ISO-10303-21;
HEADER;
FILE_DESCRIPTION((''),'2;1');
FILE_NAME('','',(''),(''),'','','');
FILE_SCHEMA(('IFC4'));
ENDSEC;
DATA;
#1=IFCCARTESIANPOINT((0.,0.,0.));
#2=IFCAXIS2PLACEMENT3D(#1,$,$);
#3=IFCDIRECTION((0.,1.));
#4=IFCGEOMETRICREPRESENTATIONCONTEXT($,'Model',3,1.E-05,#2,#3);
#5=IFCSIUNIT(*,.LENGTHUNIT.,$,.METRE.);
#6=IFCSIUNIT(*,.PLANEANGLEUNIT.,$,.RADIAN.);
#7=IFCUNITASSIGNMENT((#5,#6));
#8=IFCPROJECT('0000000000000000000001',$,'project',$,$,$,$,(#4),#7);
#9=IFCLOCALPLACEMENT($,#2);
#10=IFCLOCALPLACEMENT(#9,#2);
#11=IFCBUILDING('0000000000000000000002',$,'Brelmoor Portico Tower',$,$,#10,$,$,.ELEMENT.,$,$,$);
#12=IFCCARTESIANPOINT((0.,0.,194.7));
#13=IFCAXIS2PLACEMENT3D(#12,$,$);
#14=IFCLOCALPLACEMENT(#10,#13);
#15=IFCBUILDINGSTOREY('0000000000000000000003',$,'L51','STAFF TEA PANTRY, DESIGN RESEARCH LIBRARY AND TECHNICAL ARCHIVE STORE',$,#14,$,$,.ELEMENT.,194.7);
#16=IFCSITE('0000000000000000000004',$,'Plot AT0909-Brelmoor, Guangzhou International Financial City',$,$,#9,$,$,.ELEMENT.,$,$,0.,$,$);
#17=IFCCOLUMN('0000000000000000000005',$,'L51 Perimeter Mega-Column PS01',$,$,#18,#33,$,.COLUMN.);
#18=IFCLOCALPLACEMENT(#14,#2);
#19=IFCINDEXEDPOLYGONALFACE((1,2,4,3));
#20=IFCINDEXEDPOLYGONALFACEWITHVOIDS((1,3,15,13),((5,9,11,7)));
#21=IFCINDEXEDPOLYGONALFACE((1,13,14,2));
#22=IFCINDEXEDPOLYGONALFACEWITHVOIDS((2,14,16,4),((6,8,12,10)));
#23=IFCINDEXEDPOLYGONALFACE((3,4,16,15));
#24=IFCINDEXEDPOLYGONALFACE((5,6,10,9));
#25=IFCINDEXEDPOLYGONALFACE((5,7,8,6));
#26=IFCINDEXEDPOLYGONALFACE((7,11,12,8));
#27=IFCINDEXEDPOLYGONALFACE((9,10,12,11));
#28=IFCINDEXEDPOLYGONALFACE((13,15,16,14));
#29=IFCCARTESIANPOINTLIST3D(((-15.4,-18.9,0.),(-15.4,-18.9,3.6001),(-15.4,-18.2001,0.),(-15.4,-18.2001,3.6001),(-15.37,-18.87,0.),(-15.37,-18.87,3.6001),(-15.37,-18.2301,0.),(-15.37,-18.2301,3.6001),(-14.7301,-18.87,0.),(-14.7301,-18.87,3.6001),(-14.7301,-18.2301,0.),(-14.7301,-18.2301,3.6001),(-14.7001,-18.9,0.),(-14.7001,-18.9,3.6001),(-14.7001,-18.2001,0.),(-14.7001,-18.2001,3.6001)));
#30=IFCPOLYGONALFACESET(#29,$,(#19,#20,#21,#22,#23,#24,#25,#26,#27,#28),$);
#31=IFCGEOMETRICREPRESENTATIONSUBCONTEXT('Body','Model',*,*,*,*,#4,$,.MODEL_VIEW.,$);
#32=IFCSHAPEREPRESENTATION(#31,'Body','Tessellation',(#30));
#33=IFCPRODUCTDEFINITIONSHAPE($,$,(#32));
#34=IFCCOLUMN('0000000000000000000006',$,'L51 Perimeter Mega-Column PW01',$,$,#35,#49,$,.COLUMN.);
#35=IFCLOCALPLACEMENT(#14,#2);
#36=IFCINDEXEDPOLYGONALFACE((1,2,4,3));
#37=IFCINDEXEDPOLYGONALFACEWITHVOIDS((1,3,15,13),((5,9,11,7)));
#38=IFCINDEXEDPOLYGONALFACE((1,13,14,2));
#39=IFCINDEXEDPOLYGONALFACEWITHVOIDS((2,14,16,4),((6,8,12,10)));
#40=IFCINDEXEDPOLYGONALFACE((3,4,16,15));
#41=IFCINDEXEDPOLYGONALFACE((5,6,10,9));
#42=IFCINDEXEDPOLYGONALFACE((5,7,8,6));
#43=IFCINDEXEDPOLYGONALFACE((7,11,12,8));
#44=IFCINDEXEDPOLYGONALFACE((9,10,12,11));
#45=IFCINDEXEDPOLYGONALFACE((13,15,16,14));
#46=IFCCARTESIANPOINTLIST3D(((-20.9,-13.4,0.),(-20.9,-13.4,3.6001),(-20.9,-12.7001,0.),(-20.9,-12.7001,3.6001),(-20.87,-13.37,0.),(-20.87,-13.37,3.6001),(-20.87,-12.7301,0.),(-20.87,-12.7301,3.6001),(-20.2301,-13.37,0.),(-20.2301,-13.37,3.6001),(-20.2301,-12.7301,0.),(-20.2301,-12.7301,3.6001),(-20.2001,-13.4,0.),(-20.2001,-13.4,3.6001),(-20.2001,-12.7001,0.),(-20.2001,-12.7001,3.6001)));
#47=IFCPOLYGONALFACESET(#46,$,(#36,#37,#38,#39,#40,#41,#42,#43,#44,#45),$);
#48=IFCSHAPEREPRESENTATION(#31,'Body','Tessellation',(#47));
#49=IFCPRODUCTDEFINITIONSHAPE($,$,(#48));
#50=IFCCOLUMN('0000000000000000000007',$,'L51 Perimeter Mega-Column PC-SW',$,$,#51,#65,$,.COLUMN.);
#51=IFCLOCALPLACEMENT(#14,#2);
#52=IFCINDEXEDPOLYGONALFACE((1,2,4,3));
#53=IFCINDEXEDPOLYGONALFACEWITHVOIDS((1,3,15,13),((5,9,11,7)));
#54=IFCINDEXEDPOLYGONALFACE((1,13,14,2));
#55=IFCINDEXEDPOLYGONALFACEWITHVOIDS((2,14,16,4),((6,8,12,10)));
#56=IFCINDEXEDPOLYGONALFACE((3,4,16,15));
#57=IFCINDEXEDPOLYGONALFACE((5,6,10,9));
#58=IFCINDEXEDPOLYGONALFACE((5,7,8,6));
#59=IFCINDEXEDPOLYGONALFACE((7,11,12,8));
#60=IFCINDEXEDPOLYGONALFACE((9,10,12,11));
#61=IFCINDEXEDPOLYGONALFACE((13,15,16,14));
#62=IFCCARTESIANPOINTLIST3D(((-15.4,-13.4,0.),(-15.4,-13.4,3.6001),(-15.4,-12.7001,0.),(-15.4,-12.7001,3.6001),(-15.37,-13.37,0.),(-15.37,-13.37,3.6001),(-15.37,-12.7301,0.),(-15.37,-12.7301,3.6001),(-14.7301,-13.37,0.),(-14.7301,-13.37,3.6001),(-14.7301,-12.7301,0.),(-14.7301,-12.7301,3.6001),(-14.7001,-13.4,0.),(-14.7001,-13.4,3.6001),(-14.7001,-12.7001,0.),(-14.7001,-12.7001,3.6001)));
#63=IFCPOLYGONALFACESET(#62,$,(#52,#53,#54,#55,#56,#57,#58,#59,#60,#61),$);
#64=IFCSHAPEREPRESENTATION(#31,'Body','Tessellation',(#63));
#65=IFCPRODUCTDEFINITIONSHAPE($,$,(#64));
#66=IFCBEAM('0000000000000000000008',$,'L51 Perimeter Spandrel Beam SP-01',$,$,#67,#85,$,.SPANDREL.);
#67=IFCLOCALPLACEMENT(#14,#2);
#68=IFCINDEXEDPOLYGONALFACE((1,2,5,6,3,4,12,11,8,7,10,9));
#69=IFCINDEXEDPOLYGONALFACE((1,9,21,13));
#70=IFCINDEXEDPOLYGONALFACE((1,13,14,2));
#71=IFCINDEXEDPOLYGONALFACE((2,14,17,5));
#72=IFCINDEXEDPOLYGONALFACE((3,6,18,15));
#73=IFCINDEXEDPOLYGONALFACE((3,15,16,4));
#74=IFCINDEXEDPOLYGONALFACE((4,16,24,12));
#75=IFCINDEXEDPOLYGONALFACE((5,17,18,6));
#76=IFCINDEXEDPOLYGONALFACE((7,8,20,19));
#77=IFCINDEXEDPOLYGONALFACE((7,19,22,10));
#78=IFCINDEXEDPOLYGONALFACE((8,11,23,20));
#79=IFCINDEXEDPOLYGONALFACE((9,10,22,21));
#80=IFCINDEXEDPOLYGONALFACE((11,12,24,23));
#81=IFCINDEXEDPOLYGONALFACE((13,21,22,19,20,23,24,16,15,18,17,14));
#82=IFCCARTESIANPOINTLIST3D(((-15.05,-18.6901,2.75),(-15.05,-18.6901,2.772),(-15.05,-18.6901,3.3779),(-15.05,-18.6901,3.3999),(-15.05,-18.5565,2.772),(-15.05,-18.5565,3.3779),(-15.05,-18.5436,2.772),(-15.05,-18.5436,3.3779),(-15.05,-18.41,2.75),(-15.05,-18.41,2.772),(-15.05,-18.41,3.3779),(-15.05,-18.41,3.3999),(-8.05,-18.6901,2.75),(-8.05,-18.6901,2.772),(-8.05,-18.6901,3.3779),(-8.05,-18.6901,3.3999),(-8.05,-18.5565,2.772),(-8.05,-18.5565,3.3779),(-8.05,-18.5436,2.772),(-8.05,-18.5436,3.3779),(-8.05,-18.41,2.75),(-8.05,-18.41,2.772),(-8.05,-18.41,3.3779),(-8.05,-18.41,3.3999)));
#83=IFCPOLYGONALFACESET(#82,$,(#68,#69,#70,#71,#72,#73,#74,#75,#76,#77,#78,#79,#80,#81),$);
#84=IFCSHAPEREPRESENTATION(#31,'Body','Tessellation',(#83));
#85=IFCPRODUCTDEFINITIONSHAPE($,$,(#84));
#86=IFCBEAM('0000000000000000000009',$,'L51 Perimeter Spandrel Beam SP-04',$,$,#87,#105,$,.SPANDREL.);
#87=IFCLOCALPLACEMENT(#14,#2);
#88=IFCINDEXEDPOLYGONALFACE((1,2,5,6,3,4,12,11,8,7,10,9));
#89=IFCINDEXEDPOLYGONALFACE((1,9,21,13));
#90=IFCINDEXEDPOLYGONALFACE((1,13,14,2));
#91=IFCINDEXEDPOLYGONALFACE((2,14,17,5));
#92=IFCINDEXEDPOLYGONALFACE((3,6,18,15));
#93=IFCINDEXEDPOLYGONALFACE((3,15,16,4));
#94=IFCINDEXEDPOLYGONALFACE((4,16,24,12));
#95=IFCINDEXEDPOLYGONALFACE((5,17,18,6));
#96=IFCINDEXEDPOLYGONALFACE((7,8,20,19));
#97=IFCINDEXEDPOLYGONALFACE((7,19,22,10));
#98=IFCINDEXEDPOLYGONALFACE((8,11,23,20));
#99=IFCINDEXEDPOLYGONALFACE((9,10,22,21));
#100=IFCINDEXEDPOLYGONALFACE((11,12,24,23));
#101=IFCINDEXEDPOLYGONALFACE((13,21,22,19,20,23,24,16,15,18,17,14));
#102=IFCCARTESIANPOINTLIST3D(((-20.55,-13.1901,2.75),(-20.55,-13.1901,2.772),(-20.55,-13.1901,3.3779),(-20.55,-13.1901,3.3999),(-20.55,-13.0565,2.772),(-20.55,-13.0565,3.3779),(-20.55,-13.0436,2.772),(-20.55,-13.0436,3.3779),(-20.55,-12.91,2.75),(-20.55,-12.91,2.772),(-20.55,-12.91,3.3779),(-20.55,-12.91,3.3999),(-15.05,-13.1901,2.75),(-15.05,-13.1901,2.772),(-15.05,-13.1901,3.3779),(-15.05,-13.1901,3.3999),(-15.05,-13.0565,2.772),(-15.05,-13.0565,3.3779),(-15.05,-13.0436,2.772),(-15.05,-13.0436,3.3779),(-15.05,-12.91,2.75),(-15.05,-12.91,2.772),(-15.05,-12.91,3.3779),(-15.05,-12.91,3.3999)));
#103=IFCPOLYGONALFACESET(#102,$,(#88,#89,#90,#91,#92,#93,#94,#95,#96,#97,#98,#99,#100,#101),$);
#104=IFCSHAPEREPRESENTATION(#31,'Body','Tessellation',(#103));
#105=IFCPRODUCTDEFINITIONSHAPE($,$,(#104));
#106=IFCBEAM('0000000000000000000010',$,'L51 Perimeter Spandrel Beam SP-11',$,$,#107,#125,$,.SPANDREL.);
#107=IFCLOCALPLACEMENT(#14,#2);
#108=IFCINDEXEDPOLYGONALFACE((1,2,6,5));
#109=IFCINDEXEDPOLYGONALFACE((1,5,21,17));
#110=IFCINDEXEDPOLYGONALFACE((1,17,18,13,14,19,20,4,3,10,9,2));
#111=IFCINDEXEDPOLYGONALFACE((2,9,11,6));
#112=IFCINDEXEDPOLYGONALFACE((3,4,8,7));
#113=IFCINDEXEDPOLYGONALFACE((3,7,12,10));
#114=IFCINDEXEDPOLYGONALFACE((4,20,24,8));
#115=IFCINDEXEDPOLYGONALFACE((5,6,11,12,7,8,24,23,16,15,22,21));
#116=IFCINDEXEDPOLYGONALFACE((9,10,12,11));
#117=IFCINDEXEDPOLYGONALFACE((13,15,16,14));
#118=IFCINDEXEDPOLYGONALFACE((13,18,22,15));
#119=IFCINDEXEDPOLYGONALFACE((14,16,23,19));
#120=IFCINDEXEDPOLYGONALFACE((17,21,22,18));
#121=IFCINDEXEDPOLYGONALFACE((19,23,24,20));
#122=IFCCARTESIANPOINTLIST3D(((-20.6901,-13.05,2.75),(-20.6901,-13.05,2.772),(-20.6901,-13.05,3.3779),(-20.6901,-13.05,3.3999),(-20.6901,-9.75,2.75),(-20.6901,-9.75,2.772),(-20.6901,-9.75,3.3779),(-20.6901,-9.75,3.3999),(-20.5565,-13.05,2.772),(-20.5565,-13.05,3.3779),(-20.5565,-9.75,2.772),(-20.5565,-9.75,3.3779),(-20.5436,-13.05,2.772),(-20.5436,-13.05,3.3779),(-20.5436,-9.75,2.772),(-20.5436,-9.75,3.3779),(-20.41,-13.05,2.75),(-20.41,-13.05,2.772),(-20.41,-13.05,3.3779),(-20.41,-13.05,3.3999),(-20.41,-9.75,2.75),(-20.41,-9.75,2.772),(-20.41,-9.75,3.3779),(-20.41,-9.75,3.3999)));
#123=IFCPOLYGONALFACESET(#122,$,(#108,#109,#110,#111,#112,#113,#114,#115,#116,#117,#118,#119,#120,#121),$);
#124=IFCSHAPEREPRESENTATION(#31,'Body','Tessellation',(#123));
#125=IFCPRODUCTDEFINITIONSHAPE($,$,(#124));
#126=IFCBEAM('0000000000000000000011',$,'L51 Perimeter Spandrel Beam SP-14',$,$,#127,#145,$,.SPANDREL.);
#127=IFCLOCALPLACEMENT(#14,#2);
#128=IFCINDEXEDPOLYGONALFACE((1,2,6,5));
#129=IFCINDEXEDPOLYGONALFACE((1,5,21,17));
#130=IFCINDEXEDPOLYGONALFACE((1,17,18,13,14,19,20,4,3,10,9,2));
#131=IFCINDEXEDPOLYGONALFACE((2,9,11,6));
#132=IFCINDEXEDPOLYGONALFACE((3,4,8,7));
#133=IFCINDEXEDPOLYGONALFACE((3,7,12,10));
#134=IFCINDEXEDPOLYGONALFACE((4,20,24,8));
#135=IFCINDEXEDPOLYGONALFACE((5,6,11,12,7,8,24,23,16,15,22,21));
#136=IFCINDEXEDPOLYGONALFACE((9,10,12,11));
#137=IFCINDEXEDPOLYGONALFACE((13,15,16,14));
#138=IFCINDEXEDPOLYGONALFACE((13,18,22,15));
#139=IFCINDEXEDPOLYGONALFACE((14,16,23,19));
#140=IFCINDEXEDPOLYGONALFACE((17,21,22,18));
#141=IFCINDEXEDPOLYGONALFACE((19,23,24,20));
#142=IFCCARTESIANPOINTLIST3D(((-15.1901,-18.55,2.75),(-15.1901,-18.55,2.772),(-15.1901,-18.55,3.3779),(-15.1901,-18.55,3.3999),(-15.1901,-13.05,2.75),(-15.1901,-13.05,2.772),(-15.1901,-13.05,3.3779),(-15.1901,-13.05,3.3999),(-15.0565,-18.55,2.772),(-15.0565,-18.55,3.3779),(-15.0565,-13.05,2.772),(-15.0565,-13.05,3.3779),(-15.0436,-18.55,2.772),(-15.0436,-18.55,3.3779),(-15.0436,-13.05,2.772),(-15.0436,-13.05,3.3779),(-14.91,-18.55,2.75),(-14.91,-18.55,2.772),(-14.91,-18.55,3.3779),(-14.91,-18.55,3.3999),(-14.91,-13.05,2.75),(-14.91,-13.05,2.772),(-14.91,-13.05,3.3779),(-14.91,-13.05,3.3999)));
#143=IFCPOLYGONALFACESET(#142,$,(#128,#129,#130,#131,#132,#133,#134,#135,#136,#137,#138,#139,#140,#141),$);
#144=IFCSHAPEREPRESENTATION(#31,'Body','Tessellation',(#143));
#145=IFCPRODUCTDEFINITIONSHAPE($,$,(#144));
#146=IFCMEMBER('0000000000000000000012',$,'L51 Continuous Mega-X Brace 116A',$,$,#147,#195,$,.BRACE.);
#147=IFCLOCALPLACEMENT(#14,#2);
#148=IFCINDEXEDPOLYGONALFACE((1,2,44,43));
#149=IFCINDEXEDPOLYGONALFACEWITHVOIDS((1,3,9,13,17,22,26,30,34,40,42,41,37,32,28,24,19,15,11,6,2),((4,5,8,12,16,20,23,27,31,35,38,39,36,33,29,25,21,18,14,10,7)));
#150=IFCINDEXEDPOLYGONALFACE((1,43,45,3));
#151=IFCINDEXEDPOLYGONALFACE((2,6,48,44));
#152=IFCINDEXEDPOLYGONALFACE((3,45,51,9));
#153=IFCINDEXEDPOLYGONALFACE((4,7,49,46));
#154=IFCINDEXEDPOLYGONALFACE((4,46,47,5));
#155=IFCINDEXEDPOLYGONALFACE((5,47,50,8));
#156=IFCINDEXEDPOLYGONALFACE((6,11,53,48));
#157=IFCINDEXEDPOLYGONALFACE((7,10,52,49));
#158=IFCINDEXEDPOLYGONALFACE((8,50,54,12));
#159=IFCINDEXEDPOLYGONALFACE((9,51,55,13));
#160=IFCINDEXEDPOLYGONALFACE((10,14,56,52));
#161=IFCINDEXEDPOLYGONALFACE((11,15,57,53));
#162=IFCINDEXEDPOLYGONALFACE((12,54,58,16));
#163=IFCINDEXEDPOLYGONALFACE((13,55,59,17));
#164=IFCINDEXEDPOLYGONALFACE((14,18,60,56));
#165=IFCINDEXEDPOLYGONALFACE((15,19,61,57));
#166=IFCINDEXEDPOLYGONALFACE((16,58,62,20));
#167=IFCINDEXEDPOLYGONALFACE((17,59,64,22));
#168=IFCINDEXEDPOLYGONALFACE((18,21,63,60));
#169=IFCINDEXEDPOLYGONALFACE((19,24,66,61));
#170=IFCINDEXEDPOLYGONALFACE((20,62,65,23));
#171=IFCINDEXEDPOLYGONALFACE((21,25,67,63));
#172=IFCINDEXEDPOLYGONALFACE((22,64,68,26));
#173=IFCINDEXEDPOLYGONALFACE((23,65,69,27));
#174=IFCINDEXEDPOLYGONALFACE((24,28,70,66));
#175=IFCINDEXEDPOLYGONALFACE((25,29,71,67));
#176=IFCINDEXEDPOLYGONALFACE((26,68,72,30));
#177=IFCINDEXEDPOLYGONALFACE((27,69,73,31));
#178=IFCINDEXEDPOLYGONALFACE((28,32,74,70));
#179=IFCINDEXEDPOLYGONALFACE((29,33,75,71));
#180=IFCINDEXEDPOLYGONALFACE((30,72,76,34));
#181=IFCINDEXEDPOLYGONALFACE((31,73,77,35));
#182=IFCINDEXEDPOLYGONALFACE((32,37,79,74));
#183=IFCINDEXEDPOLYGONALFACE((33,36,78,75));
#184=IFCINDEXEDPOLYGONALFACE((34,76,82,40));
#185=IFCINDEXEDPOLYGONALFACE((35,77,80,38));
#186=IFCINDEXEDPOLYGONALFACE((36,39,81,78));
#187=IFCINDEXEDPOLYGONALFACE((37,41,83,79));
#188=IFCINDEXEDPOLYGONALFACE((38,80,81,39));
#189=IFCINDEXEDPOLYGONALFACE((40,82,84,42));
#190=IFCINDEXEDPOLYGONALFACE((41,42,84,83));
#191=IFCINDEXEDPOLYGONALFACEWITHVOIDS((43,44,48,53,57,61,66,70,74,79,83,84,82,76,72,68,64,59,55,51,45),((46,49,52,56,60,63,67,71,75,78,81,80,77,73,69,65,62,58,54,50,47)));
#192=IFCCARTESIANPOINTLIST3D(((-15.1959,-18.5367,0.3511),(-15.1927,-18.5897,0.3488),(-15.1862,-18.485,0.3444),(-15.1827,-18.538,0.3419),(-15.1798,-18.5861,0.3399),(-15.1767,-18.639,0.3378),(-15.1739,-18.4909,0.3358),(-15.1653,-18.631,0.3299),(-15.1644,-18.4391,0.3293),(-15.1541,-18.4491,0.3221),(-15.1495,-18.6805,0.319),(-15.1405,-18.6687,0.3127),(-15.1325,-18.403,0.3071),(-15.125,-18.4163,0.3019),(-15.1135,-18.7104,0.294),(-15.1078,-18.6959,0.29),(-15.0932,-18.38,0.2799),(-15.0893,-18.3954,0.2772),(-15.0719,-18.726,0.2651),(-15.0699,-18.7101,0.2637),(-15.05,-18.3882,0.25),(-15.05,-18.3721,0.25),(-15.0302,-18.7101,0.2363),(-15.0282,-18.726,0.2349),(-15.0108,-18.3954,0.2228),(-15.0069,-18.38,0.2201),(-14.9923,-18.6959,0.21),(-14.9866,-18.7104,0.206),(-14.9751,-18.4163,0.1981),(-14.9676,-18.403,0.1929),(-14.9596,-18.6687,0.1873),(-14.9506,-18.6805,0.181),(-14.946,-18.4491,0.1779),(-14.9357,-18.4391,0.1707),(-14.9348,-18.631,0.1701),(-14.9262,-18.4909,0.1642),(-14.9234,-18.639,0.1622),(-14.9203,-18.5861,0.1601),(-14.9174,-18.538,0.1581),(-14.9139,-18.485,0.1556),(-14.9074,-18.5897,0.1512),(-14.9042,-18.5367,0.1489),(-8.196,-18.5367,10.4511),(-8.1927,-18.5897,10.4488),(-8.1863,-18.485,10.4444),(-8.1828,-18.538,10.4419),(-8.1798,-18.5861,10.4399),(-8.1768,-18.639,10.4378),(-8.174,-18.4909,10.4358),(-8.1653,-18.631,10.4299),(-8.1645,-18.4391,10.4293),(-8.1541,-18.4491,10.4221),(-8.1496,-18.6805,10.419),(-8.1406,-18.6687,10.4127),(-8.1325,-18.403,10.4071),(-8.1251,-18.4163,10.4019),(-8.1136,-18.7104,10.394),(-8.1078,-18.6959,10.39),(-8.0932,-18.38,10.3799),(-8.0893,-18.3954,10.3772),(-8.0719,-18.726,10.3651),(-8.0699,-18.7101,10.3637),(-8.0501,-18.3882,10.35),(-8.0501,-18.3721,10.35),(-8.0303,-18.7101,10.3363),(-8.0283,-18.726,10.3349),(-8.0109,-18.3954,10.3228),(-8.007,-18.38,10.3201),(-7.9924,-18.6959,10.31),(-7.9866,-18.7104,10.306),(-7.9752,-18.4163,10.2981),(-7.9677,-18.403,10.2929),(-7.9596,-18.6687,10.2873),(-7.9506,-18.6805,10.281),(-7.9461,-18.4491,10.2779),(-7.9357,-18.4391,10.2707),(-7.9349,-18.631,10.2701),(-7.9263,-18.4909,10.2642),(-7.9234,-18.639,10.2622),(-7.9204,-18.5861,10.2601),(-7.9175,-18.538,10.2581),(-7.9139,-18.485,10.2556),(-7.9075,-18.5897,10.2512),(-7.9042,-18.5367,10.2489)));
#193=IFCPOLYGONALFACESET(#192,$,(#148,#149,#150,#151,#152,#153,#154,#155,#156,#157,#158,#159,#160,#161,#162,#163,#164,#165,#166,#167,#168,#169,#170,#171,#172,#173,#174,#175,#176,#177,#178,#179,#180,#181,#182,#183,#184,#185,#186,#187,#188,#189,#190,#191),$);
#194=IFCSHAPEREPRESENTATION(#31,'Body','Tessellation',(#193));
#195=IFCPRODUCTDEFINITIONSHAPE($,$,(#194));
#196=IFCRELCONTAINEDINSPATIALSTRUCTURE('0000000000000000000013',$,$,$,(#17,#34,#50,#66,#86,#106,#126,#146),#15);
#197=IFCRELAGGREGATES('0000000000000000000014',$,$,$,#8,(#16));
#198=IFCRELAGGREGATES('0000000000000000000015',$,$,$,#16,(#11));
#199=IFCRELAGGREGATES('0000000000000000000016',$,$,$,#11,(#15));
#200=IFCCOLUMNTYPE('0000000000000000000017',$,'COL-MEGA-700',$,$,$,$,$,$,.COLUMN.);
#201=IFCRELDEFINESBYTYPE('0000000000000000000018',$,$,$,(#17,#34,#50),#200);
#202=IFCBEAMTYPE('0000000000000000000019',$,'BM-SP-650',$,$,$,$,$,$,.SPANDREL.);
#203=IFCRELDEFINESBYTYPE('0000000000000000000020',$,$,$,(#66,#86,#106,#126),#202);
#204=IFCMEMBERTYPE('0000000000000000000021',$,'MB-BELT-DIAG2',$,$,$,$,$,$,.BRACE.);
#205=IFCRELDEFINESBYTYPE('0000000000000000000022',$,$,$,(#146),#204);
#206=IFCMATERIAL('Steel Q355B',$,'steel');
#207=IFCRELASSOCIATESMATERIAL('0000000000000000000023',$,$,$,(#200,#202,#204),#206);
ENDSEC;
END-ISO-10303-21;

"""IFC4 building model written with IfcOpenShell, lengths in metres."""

from ifc_helpers import new_model, si_unit, direction, frame, origin, origin_2d, place, context, subcontext, project, spatial, hollow_rectangle, hollow_circle, i_section, extrude, material, material_profile, profile_set, type_object, element, save


model = new_model("IFC4")

# Units and contexts
model_context = context("Model", 3, precision=1e-05, world=origin(), true_north=direction((0.0, 1.0)))
body_context = subcontext(model_context, "Body", "Model", "MODEL_VIEW")
ifc_project = project(units=[si_unit("LENGTHUNIT", "METRE"), si_unit("PLANEANGLEUNIT", "RADIAN")], contexts=[model_context])

# Site, building, storey
site_placement = place(None, origin())
site = spatial("IfcSite", under=ifc_project, at=site_placement, Name="Plot AT0909-Brelmoor, Guangzhou International Financial City", CompositionType="ELEMENT", RefElevation=0.0)
building_placement = place(site_placement, origin())
building = spatial("IfcBuilding", under=site, at=building_placement, Name="Brelmoor Portico Tower", CompositionType="ELEMENT")
storey_placement = place(building_placement, frame((0.0, 0.0, 194.7)))
storey = spatial("IfcBuildingStorey", under=building, at=storey_placement, Name="L51", Description="STAFF TEA PANTRY, DESIGN RESEARCH LIBRARY AND TECHNICAL ARCHIVE STORE", CompositionType="ELEMENT", Elevation=194.7)

# Columns
ifc_material_1 = material(Name="Steel Q355B", Category="steel")
ifc_material_profile_1 = material_profile(ifc_material_1, hollow_rectangle(XDim=0.7, YDim=0.7, WallThickness=0.03, at=origin_2d()), Name="BOX 700x700x30")
ifc_profile_set_1 = profile_set([ifc_material_profile_1], Name="Steel Q355B")
column_type = type_object("IfcColumnType", Name="COL-MEGA-700", PredefinedType="COLUMN", material=ifc_profile_set_1)
for number, where, z_axis, x_axis, name in (
    (1, (-15.05, -18.55, 0.0), (0.0, 0.0, 1.0), (1.0, 0.0, 0.0), "L51 Perimeter Mega-Column PS01"),
    (2, (-20.55, -13.05, 0.0), (0.0, 0.0, 1.0), (0.0, 1.0, 0.0), "L51 Perimeter Mega-Column PW01"),
    (3, (-15.05, -13.05, 0.0), (0.0, 0.0, 1.0), (1.0, 0.0, 0.0), "L51 Perimeter Mega-Column PC-SW"),
):
    element("IfcColumn", number, at=place(storey_placement, frame(where, z_axis=z_axis, x_axis=x_axis)), inside=storey, type_object=column_type, Name=name, PredefinedType="COLUMN", context=body_context, shape_type="SweptSolid", body=[
        extrude(hollow_rectangle(XDim=0.7, YDim=0.7, WallThickness=0.03, at=origin_2d()), origin(), (0.0, 0.0, 1.0), 3.6001),
    ])

# Beams
ifc_material_profile_2 = material_profile(ifc_material_1, i_section(OverallWidth=0.28, OverallDepth=0.6499, WebThickness=0.0129, FlangeThickness=0.022, at=origin_2d()), Name="HN 650x280x13x22")
ifc_profile_set_2 = profile_set([ifc_material_profile_2], Name="Steel Q355B")
beam_type = type_object("IfcBeamType", Name="BM-SP-650", PredefinedType="SPANDREL", material=ifc_profile_set_2)
beam_1_placement = place(storey_placement, frame((-15.05, -18.55, 3.075), z_axis=(1.0, 0.0, 0.0), x_axis=(0.0, 1.0, 0.0)))
element("IfcBeam", 4, at=beam_1_placement, inside=storey, type_object=beam_type, Name="L51 Perimeter Spandrel Beam SP-01", PredefinedType="SPANDREL", context=body_context, shape_type="SweptSolid", body=[
    extrude(i_section(OverallWidth=0.28, OverallDepth=0.6499, WebThickness=0.0129, FlangeThickness=0.022, at=origin_2d()), origin(), (0.0, 0.0, 1.0), 7.0),
])
beam_2_placement = place(storey_placement, frame((-20.55, -13.05, 3.075), z_axis=(1.0, 0.0, 0.0), x_axis=(0.0, 1.0, 0.0)))
element("IfcBeam", 5, at=beam_2_placement, inside=storey, type_object=beam_type, Name="L51 Perimeter Spandrel Beam SP-04", PredefinedType="SPANDREL", context=body_context, shape_type="SweptSolid", body=[
    extrude(i_section(OverallWidth=0.28, OverallDepth=0.6499, WebThickness=0.0129, FlangeThickness=0.022, at=origin_2d()), origin(), (0.0, 0.0, 1.0), 5.5),
])
beam_3_placement = place(storey_placement, frame((-20.55, -13.05, 3.075), z_axis=(0.0, 1.0, 0.0), x_axis=(-1.0, 0.0, 0.0)))
element("IfcBeam", 6, at=beam_3_placement, inside=storey, type_object=beam_type, Name="L51 Perimeter Spandrel Beam SP-11", PredefinedType="SPANDREL", context=body_context, shape_type="SweptSolid", body=[
    extrude(i_section(OverallWidth=0.28, OverallDepth=0.6499, WebThickness=0.0129, FlangeThickness=0.022, at=origin_2d()), origin(), (0.0, 0.0, 1.0), 3.3),
])
beam_4_placement = place(storey_placement, frame((-15.05, -18.55, 3.075), z_axis=(0.0, 1.0, 0.0), x_axis=(-1.0, 0.0, 0.0)))
element("IfcBeam", 7, at=beam_4_placement, inside=storey, type_object=beam_type, Name="L51 Perimeter Spandrel Beam SP-14", PredefinedType="SPANDREL", context=body_context, shape_type="SweptSolid", body=[
    extrude(i_section(OverallWidth=0.28, OverallDepth=0.6499, WebThickness=0.0129, FlangeThickness=0.022, at=origin_2d()), origin(), (0.0, 0.0, 1.0), 5.5),
])

# Member
ifc_material_profile_3 = material_profile(ifc_material_1, hollow_circle(Radius=0.178, WallThickness=0.0161, at=origin_2d()), Name="CHS 356x16")
ifc_profile_set_3 = profile_set([ifc_material_profile_3], Name="Steel Q355B")
member_type_1 = type_object("IfcMemberType", Name="MB-BELT-DIAG2", PredefinedType="BRACE", material=ifc_profile_set_3)
member_1_placement = place(storey_placement, frame((-15.05, -18.55, 0.25), z_axis=(0.569629, 0.0, 0.821902), x_axis=(0.0, 1.0, 0.0)))
element("IfcMember", 8, at=member_1_placement, inside=storey, type_object=member_type_1, Name="L51 Continuous Mega-X Brace 116A", PredefinedType="BRACE", context=body_context, shape_type="SweptSolid", body=[
    extrude(hollow_circle(Radius=0.178, WallThickness=0.0161, at=origin_2d()), origin(), (0.0, 0.0, 1.0), 12.2886),
])

save(model, "model.ifc")
